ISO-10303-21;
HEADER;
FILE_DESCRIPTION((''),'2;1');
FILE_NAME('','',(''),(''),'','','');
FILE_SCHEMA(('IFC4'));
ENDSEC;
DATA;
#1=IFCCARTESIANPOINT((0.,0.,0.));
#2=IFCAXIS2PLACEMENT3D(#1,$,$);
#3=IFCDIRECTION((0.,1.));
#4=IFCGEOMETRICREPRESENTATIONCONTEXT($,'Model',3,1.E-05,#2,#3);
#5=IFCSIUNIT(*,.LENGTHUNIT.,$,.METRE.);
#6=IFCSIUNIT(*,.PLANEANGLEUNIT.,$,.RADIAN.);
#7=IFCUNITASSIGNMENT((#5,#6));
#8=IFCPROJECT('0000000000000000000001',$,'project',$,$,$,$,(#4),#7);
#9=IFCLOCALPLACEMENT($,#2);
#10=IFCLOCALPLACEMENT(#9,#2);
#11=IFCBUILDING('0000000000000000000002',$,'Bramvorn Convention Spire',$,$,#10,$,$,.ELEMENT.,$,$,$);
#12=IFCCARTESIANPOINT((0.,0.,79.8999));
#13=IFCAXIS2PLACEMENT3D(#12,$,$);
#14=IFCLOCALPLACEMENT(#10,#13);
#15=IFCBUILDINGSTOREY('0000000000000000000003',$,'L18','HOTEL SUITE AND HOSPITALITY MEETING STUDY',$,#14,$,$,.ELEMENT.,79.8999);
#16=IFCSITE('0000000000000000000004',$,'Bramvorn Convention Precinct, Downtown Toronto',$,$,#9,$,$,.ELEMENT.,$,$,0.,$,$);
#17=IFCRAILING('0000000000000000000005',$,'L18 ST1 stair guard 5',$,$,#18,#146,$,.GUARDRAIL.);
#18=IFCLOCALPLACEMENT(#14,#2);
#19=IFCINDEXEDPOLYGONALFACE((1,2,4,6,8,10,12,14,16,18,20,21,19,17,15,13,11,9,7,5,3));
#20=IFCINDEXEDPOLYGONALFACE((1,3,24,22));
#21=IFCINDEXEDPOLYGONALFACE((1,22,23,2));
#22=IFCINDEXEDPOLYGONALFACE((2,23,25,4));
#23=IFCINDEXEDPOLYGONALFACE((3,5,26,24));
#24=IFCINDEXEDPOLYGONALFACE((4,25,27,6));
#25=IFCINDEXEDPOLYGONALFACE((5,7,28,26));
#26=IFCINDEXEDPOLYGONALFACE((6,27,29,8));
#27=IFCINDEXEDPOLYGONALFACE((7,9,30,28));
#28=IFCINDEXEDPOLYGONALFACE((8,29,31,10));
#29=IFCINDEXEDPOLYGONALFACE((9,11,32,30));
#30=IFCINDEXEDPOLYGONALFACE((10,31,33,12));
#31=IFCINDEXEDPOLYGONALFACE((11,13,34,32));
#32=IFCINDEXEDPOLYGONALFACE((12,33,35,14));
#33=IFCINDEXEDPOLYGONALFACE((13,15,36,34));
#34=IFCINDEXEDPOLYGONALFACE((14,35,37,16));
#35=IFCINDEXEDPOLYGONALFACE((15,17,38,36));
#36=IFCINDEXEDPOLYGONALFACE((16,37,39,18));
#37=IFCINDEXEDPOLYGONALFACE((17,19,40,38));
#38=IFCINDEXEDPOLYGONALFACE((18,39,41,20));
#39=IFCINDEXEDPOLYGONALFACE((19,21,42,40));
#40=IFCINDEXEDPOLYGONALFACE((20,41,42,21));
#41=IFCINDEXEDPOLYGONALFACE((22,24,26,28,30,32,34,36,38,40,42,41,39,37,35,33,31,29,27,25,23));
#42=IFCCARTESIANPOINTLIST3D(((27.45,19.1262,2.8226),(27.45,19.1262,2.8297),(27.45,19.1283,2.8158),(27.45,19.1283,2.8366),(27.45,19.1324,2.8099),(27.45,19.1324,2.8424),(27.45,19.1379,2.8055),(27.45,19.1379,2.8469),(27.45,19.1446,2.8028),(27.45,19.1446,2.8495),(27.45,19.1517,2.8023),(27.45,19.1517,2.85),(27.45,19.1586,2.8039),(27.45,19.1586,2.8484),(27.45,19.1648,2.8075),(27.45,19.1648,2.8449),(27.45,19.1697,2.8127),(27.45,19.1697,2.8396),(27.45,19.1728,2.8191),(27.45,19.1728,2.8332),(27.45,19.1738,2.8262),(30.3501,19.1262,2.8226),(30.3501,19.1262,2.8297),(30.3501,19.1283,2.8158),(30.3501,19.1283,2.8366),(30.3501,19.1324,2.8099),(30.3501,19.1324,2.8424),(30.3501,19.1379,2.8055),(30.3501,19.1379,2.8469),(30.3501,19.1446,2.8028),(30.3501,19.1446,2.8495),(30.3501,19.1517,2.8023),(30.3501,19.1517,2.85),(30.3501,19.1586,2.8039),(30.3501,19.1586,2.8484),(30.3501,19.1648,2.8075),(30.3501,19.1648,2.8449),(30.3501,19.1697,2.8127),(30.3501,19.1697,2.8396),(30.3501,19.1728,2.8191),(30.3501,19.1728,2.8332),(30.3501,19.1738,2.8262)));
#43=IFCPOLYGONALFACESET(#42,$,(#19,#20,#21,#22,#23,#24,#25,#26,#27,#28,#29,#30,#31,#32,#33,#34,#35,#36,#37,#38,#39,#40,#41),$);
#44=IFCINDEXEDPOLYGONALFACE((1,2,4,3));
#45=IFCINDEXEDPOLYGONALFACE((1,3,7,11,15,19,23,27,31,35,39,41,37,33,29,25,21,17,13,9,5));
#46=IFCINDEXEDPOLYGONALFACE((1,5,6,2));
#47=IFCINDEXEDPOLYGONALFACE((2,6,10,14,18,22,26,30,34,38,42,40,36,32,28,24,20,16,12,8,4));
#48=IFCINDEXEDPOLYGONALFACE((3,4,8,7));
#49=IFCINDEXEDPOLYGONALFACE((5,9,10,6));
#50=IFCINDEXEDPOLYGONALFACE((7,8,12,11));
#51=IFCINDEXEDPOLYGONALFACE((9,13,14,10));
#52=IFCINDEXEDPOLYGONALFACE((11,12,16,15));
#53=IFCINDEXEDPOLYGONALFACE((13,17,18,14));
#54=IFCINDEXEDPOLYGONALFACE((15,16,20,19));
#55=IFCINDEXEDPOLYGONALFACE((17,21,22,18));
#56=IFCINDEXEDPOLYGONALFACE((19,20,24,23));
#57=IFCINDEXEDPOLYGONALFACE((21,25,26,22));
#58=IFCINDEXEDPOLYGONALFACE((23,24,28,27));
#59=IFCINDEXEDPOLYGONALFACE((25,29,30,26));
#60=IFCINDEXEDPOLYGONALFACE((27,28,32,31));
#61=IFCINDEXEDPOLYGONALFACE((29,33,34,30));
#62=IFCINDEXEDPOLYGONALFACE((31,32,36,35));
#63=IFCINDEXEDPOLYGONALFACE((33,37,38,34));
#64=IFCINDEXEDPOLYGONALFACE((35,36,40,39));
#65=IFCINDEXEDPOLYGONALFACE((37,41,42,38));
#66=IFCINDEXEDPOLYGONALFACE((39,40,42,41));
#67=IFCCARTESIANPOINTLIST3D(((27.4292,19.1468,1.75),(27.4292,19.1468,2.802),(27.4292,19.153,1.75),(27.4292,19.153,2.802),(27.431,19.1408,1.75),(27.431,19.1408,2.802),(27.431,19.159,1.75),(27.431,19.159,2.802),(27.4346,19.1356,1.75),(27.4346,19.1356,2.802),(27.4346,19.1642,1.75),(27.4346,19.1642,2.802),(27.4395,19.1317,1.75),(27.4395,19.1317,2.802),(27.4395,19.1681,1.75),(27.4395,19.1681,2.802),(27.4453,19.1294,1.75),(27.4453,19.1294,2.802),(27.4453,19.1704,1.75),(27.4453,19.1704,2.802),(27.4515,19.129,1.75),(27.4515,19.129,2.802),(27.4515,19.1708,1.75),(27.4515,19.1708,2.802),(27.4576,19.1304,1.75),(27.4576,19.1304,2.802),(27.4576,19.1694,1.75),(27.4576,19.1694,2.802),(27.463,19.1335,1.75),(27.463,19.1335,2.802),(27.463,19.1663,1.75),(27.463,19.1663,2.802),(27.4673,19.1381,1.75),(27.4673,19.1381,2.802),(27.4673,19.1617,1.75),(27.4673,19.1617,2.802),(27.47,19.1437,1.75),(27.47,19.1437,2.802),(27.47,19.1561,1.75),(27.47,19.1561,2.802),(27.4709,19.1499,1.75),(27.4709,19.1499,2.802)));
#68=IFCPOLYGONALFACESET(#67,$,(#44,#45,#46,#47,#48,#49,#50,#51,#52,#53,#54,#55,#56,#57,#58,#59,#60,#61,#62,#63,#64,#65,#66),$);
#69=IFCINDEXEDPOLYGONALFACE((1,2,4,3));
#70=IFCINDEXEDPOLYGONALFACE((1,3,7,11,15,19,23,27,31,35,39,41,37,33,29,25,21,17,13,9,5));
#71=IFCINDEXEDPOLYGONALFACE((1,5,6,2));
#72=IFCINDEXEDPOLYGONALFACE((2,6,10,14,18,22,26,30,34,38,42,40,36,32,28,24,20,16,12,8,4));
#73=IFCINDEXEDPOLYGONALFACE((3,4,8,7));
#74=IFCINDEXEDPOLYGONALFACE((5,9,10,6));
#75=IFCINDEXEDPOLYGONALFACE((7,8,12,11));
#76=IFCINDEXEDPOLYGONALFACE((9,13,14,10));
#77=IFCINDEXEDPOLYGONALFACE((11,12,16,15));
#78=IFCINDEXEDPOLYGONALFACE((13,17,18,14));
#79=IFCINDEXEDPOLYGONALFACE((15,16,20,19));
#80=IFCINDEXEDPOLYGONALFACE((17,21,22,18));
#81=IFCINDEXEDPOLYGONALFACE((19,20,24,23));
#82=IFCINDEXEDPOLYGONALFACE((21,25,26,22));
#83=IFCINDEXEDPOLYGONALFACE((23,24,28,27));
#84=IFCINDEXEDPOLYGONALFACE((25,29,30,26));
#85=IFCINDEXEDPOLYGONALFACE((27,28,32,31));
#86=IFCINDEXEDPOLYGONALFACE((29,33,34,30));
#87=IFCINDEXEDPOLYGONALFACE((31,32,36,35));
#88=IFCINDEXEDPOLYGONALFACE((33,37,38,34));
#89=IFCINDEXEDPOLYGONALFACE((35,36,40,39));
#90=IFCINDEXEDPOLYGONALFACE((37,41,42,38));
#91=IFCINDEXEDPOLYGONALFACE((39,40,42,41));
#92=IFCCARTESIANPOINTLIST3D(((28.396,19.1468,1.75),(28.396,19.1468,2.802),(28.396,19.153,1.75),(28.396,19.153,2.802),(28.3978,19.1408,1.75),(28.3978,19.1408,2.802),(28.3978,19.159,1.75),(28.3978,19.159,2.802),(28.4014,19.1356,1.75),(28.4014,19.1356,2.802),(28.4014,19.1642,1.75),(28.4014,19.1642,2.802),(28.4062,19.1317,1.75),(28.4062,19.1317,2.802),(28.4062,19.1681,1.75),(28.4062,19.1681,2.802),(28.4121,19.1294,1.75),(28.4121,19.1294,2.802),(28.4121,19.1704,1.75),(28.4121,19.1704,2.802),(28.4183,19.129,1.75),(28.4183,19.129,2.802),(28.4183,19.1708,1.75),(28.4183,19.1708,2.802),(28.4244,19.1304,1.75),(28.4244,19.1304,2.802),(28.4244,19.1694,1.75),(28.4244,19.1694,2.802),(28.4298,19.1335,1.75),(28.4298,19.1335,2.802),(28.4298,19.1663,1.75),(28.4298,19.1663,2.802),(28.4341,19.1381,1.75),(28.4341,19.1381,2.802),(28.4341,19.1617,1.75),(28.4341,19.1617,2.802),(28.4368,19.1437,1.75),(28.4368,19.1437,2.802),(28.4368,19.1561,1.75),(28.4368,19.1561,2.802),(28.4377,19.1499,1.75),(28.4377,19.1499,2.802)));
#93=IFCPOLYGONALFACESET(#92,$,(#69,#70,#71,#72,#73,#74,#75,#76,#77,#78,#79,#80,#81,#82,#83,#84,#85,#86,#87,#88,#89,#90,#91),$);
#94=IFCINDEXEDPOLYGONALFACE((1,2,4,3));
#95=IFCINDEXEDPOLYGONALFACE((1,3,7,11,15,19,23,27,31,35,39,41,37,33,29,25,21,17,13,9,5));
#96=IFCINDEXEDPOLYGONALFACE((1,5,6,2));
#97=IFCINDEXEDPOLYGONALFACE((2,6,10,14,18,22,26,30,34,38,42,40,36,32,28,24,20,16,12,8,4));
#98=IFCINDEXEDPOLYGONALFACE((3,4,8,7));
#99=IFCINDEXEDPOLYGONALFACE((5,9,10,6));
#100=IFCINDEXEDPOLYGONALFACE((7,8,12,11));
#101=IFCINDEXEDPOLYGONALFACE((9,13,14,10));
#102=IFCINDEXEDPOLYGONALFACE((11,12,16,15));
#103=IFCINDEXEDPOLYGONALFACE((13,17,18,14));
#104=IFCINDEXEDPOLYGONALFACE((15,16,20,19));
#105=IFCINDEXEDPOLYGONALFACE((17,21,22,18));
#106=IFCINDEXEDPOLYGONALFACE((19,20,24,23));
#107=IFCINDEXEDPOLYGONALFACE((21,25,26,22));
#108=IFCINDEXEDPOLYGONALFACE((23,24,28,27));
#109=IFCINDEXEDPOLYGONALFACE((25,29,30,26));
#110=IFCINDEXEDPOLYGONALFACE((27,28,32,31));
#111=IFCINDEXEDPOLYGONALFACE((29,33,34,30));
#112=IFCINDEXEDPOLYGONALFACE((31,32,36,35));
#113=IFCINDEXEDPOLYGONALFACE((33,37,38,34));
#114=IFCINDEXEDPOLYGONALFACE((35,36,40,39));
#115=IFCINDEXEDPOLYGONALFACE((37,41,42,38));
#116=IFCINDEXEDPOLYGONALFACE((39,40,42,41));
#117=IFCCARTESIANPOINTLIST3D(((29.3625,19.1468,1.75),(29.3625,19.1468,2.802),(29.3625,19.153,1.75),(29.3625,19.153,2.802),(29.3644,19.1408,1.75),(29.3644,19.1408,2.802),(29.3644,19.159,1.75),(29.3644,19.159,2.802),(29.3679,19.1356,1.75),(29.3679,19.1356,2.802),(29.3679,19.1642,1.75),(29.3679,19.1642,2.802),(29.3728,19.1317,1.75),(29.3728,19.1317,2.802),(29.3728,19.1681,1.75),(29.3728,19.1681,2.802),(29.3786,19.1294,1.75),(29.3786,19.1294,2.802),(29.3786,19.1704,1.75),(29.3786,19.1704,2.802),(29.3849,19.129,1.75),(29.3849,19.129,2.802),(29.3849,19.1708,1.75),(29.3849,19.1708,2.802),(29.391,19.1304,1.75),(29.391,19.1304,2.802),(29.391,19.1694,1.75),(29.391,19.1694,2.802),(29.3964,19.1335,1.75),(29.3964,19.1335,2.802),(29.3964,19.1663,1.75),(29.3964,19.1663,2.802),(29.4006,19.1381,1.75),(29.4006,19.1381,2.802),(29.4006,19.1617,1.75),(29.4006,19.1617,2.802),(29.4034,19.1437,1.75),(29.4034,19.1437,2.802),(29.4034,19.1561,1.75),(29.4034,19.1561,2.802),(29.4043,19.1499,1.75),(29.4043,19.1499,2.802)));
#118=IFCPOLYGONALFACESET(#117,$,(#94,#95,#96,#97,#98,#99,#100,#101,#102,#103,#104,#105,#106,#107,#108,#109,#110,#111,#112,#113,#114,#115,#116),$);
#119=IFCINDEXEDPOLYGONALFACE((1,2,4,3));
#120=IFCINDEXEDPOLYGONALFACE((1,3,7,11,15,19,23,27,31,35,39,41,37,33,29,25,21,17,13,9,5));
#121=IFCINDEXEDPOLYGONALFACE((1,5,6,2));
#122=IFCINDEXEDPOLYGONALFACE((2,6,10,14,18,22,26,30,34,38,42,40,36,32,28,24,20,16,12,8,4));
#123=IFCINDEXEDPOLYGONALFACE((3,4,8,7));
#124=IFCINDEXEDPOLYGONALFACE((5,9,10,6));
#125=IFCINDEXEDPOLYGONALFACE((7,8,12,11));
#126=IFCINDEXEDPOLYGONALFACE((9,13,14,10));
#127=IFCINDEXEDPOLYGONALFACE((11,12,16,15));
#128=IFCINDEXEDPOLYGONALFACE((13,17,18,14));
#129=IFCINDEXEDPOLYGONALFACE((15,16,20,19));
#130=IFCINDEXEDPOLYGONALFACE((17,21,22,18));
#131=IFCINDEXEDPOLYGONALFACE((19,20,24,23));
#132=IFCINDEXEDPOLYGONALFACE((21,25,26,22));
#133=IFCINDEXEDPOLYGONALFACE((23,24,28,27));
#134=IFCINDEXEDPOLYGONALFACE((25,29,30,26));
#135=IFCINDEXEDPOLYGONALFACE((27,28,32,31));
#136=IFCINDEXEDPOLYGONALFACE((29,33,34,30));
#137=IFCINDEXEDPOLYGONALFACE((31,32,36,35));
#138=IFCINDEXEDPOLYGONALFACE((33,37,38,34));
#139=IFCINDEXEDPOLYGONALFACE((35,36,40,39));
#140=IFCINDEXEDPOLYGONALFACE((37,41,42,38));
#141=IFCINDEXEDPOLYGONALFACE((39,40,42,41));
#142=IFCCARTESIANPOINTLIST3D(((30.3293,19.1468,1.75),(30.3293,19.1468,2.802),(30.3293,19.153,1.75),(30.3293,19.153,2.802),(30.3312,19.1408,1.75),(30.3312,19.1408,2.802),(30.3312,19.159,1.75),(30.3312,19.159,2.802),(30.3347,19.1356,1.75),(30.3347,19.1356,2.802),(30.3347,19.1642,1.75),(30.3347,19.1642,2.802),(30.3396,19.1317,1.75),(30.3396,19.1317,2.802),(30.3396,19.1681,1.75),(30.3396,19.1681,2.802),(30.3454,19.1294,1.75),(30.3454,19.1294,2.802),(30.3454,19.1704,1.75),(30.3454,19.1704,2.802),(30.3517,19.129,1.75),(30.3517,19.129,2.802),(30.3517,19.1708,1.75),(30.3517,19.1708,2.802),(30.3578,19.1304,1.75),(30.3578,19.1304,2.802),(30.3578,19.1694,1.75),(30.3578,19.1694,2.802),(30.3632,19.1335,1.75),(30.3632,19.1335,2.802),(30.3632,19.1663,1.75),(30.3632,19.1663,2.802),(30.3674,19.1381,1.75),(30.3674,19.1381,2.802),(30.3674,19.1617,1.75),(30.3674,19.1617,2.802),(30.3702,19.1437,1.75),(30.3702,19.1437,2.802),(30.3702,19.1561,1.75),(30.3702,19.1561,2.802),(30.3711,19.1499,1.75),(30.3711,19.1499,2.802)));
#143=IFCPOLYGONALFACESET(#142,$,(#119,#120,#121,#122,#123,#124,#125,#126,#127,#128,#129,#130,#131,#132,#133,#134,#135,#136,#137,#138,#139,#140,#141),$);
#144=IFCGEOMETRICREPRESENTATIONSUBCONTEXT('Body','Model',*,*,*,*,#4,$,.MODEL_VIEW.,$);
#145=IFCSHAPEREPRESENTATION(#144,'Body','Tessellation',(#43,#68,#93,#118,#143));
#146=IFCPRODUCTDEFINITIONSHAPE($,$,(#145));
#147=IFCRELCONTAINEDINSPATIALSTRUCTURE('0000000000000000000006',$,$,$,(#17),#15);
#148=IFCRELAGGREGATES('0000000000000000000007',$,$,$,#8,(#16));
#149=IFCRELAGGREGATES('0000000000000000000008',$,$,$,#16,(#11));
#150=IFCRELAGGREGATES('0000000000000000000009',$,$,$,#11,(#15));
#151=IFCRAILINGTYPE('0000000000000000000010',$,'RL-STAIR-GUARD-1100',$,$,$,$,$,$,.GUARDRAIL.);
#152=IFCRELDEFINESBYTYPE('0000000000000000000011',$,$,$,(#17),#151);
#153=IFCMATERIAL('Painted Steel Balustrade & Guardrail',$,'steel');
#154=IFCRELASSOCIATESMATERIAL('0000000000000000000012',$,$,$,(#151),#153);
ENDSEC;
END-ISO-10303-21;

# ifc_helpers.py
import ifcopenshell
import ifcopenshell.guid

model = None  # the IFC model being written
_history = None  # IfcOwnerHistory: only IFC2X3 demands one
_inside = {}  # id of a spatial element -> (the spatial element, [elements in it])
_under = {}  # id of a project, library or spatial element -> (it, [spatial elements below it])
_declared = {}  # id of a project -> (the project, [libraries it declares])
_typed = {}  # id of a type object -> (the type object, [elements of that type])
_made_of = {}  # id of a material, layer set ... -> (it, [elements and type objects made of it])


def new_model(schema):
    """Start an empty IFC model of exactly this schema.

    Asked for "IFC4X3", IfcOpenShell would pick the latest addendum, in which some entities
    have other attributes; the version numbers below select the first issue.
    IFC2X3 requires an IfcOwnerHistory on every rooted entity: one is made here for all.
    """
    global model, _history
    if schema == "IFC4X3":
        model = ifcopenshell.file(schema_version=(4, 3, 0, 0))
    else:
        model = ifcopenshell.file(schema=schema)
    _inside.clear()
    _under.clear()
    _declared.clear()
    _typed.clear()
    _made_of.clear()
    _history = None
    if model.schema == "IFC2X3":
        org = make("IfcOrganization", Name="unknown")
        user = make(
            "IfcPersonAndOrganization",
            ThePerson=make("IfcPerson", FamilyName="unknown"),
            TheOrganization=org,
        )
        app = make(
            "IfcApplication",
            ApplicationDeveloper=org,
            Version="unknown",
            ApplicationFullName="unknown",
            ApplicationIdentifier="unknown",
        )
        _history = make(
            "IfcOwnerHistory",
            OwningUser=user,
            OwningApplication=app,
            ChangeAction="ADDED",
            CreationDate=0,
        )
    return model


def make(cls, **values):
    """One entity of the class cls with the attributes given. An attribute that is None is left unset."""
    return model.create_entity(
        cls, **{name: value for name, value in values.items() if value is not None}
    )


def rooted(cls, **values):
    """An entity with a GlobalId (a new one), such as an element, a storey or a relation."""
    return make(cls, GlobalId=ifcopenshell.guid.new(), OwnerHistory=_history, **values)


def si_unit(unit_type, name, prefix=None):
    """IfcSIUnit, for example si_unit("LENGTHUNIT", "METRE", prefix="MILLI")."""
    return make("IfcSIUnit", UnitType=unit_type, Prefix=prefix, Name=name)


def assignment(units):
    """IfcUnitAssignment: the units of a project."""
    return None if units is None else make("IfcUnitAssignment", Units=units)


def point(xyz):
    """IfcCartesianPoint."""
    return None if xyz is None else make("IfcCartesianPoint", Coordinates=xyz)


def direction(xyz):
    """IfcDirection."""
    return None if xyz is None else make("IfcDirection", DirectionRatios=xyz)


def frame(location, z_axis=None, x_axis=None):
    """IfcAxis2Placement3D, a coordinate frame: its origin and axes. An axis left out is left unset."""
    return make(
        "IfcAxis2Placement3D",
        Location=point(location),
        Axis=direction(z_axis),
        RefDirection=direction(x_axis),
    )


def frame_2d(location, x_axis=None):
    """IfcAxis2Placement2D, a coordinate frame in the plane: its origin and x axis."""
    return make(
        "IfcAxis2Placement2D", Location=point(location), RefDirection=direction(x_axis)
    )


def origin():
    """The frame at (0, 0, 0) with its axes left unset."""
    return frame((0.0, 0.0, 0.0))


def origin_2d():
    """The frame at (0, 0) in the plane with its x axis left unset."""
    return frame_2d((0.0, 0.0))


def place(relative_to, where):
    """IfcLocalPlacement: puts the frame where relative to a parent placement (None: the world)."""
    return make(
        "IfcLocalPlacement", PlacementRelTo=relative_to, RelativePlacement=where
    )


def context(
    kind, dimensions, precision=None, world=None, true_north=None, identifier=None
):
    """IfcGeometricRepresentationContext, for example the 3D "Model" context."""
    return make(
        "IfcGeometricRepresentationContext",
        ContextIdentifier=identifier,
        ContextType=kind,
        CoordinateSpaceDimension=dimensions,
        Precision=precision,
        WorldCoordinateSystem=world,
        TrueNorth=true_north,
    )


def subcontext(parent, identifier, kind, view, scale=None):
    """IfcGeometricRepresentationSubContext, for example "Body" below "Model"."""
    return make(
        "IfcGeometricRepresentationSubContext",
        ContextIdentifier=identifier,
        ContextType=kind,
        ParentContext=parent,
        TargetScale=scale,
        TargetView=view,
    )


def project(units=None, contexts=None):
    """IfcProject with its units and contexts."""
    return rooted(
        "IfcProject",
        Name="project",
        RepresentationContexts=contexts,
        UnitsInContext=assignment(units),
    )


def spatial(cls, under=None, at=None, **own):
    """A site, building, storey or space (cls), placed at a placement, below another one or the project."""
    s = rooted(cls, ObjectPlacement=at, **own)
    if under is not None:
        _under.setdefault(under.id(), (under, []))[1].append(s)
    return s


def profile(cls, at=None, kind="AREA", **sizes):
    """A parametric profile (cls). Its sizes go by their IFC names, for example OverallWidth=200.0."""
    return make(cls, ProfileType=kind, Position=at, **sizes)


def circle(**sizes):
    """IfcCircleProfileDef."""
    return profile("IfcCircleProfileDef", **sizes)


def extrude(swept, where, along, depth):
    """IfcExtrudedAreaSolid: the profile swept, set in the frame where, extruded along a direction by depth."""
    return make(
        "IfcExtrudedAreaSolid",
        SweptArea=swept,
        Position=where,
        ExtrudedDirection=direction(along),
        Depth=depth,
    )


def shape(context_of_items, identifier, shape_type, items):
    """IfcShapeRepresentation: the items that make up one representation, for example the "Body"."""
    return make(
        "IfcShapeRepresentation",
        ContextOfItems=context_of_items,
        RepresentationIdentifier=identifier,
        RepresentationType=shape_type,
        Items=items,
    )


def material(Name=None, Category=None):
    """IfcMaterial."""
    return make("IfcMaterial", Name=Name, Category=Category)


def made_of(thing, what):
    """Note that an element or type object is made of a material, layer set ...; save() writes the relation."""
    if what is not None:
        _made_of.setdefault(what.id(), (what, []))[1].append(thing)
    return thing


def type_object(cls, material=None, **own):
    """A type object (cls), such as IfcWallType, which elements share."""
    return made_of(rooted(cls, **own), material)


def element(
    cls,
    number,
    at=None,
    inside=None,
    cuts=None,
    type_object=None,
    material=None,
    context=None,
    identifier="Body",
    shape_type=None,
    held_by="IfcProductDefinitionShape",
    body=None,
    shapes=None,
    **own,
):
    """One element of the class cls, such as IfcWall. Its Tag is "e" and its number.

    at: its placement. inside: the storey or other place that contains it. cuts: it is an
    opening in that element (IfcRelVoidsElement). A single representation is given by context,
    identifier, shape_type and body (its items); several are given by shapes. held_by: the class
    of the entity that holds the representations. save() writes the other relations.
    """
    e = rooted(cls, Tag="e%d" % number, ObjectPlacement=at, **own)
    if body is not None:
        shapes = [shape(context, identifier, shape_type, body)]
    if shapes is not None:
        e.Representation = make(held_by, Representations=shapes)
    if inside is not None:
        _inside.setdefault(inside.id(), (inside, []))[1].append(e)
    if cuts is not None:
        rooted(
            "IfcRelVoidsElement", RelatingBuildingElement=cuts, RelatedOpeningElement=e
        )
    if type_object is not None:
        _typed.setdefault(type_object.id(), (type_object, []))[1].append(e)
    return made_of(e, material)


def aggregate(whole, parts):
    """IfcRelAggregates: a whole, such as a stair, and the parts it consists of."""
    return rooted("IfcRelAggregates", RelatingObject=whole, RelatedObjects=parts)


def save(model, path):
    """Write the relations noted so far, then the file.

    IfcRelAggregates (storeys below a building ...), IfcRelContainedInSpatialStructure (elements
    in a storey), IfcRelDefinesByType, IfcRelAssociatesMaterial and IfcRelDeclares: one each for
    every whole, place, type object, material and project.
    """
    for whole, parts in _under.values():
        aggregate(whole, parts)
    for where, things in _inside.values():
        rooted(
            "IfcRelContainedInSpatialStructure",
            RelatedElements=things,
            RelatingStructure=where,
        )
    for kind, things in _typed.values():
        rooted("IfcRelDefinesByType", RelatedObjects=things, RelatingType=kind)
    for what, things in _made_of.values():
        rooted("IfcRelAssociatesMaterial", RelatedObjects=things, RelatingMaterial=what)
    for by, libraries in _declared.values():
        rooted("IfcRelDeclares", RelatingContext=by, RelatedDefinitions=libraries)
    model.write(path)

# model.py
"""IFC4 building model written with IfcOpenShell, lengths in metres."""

from ifc_helpers import new_model, si_unit, direction, frame, origin, origin_2d, place, context, subcontext, project, spatial, circle, extrude, material, type_object, element, save


model = new_model("IFC4")

# Units and contexts
model_context = context("Model", 3, precision=1e-05, world=origin(), true_north=direction((0.0, 1.0)))
body_context = subcontext(model_context, "Body", "Model", "MODEL_VIEW")
ifc_project = project(units=[si_unit("LENGTHUNIT", "METRE"), si_unit("PLANEANGLEUNIT", "RADIAN")], contexts=[model_context])

# Site, building, storey
site_placement = place(None, origin())
site = spatial("IfcSite", under=ifc_project, at=site_placement, Name="Bramvorn Convention Precinct, Downtown Toronto", CompositionType="ELEMENT", RefElevation=0.0)
building_placement = place(site_placement, origin())
building = spatial("IfcBuilding", under=site, at=building_placement, Name="Bramvorn Convention Spire", CompositionType="ELEMENT")
storey_placement = place(building_placement, frame((0.0, 0.0, 79.8999)))
storey = spatial("IfcBuildingStorey", under=building, at=storey_placement, Name="L18", Description="HOTEL SUITE AND HOSPITALITY MEETING STUDY", CompositionType="ELEMENT", Elevation=79.8999)

# Railing
ifc_material_1 = material(Name="Painted Steel Balustrade & Guardrail", Category="steel")
railing_type = type_object("IfcRailingType", Name="RL-STAIR-GUARD-1100", PredefinedType="GUARDRAIL", material=ifc_material_1)
railing_1_placement = place(storey_placement, frame((27.45, 19.1499, 1.75)))
element("IfcRailing", 1, at=railing_1_placement, inside=storey, type_object=railing_type, Name="L18 ST1 stair guard 5", PredefinedType="GUARDRAIL", context=body_context, shape_type="SweptSolid", body=[
    extrude(circle(Radius=0.0239, at=origin_2d()), frame((0.0, 0.0, 1.0762), z_axis=(1.0, 0.0, 0.0), x_axis=(0.0, 1.0, 0.0)), (0.0, 0.0, 1.0), 2.9001),
    extrude(circle(Radius=0.021, at=origin_2d()), origin(), (0.0, 0.0, 1.0), 1.052),
    extrude(circle(Radius=0.021, at=origin_2d()), frame((0.9668, 0.0, 0.0)), (0.0, 0.0, 1.0), 1.052),
    extrude(circle(Radius=0.021, at=origin_2d()), frame((1.9333, 0.0, 0.0)), (0.0, 0.0, 1.0), 1.052),
    extrude(circle(Radius=0.021, at=origin_2d()), frame((2.9001, 0.0, 0.0)), (0.0, 0.0, 1.0), 1.052),
])

save(model, "model.ifc")
